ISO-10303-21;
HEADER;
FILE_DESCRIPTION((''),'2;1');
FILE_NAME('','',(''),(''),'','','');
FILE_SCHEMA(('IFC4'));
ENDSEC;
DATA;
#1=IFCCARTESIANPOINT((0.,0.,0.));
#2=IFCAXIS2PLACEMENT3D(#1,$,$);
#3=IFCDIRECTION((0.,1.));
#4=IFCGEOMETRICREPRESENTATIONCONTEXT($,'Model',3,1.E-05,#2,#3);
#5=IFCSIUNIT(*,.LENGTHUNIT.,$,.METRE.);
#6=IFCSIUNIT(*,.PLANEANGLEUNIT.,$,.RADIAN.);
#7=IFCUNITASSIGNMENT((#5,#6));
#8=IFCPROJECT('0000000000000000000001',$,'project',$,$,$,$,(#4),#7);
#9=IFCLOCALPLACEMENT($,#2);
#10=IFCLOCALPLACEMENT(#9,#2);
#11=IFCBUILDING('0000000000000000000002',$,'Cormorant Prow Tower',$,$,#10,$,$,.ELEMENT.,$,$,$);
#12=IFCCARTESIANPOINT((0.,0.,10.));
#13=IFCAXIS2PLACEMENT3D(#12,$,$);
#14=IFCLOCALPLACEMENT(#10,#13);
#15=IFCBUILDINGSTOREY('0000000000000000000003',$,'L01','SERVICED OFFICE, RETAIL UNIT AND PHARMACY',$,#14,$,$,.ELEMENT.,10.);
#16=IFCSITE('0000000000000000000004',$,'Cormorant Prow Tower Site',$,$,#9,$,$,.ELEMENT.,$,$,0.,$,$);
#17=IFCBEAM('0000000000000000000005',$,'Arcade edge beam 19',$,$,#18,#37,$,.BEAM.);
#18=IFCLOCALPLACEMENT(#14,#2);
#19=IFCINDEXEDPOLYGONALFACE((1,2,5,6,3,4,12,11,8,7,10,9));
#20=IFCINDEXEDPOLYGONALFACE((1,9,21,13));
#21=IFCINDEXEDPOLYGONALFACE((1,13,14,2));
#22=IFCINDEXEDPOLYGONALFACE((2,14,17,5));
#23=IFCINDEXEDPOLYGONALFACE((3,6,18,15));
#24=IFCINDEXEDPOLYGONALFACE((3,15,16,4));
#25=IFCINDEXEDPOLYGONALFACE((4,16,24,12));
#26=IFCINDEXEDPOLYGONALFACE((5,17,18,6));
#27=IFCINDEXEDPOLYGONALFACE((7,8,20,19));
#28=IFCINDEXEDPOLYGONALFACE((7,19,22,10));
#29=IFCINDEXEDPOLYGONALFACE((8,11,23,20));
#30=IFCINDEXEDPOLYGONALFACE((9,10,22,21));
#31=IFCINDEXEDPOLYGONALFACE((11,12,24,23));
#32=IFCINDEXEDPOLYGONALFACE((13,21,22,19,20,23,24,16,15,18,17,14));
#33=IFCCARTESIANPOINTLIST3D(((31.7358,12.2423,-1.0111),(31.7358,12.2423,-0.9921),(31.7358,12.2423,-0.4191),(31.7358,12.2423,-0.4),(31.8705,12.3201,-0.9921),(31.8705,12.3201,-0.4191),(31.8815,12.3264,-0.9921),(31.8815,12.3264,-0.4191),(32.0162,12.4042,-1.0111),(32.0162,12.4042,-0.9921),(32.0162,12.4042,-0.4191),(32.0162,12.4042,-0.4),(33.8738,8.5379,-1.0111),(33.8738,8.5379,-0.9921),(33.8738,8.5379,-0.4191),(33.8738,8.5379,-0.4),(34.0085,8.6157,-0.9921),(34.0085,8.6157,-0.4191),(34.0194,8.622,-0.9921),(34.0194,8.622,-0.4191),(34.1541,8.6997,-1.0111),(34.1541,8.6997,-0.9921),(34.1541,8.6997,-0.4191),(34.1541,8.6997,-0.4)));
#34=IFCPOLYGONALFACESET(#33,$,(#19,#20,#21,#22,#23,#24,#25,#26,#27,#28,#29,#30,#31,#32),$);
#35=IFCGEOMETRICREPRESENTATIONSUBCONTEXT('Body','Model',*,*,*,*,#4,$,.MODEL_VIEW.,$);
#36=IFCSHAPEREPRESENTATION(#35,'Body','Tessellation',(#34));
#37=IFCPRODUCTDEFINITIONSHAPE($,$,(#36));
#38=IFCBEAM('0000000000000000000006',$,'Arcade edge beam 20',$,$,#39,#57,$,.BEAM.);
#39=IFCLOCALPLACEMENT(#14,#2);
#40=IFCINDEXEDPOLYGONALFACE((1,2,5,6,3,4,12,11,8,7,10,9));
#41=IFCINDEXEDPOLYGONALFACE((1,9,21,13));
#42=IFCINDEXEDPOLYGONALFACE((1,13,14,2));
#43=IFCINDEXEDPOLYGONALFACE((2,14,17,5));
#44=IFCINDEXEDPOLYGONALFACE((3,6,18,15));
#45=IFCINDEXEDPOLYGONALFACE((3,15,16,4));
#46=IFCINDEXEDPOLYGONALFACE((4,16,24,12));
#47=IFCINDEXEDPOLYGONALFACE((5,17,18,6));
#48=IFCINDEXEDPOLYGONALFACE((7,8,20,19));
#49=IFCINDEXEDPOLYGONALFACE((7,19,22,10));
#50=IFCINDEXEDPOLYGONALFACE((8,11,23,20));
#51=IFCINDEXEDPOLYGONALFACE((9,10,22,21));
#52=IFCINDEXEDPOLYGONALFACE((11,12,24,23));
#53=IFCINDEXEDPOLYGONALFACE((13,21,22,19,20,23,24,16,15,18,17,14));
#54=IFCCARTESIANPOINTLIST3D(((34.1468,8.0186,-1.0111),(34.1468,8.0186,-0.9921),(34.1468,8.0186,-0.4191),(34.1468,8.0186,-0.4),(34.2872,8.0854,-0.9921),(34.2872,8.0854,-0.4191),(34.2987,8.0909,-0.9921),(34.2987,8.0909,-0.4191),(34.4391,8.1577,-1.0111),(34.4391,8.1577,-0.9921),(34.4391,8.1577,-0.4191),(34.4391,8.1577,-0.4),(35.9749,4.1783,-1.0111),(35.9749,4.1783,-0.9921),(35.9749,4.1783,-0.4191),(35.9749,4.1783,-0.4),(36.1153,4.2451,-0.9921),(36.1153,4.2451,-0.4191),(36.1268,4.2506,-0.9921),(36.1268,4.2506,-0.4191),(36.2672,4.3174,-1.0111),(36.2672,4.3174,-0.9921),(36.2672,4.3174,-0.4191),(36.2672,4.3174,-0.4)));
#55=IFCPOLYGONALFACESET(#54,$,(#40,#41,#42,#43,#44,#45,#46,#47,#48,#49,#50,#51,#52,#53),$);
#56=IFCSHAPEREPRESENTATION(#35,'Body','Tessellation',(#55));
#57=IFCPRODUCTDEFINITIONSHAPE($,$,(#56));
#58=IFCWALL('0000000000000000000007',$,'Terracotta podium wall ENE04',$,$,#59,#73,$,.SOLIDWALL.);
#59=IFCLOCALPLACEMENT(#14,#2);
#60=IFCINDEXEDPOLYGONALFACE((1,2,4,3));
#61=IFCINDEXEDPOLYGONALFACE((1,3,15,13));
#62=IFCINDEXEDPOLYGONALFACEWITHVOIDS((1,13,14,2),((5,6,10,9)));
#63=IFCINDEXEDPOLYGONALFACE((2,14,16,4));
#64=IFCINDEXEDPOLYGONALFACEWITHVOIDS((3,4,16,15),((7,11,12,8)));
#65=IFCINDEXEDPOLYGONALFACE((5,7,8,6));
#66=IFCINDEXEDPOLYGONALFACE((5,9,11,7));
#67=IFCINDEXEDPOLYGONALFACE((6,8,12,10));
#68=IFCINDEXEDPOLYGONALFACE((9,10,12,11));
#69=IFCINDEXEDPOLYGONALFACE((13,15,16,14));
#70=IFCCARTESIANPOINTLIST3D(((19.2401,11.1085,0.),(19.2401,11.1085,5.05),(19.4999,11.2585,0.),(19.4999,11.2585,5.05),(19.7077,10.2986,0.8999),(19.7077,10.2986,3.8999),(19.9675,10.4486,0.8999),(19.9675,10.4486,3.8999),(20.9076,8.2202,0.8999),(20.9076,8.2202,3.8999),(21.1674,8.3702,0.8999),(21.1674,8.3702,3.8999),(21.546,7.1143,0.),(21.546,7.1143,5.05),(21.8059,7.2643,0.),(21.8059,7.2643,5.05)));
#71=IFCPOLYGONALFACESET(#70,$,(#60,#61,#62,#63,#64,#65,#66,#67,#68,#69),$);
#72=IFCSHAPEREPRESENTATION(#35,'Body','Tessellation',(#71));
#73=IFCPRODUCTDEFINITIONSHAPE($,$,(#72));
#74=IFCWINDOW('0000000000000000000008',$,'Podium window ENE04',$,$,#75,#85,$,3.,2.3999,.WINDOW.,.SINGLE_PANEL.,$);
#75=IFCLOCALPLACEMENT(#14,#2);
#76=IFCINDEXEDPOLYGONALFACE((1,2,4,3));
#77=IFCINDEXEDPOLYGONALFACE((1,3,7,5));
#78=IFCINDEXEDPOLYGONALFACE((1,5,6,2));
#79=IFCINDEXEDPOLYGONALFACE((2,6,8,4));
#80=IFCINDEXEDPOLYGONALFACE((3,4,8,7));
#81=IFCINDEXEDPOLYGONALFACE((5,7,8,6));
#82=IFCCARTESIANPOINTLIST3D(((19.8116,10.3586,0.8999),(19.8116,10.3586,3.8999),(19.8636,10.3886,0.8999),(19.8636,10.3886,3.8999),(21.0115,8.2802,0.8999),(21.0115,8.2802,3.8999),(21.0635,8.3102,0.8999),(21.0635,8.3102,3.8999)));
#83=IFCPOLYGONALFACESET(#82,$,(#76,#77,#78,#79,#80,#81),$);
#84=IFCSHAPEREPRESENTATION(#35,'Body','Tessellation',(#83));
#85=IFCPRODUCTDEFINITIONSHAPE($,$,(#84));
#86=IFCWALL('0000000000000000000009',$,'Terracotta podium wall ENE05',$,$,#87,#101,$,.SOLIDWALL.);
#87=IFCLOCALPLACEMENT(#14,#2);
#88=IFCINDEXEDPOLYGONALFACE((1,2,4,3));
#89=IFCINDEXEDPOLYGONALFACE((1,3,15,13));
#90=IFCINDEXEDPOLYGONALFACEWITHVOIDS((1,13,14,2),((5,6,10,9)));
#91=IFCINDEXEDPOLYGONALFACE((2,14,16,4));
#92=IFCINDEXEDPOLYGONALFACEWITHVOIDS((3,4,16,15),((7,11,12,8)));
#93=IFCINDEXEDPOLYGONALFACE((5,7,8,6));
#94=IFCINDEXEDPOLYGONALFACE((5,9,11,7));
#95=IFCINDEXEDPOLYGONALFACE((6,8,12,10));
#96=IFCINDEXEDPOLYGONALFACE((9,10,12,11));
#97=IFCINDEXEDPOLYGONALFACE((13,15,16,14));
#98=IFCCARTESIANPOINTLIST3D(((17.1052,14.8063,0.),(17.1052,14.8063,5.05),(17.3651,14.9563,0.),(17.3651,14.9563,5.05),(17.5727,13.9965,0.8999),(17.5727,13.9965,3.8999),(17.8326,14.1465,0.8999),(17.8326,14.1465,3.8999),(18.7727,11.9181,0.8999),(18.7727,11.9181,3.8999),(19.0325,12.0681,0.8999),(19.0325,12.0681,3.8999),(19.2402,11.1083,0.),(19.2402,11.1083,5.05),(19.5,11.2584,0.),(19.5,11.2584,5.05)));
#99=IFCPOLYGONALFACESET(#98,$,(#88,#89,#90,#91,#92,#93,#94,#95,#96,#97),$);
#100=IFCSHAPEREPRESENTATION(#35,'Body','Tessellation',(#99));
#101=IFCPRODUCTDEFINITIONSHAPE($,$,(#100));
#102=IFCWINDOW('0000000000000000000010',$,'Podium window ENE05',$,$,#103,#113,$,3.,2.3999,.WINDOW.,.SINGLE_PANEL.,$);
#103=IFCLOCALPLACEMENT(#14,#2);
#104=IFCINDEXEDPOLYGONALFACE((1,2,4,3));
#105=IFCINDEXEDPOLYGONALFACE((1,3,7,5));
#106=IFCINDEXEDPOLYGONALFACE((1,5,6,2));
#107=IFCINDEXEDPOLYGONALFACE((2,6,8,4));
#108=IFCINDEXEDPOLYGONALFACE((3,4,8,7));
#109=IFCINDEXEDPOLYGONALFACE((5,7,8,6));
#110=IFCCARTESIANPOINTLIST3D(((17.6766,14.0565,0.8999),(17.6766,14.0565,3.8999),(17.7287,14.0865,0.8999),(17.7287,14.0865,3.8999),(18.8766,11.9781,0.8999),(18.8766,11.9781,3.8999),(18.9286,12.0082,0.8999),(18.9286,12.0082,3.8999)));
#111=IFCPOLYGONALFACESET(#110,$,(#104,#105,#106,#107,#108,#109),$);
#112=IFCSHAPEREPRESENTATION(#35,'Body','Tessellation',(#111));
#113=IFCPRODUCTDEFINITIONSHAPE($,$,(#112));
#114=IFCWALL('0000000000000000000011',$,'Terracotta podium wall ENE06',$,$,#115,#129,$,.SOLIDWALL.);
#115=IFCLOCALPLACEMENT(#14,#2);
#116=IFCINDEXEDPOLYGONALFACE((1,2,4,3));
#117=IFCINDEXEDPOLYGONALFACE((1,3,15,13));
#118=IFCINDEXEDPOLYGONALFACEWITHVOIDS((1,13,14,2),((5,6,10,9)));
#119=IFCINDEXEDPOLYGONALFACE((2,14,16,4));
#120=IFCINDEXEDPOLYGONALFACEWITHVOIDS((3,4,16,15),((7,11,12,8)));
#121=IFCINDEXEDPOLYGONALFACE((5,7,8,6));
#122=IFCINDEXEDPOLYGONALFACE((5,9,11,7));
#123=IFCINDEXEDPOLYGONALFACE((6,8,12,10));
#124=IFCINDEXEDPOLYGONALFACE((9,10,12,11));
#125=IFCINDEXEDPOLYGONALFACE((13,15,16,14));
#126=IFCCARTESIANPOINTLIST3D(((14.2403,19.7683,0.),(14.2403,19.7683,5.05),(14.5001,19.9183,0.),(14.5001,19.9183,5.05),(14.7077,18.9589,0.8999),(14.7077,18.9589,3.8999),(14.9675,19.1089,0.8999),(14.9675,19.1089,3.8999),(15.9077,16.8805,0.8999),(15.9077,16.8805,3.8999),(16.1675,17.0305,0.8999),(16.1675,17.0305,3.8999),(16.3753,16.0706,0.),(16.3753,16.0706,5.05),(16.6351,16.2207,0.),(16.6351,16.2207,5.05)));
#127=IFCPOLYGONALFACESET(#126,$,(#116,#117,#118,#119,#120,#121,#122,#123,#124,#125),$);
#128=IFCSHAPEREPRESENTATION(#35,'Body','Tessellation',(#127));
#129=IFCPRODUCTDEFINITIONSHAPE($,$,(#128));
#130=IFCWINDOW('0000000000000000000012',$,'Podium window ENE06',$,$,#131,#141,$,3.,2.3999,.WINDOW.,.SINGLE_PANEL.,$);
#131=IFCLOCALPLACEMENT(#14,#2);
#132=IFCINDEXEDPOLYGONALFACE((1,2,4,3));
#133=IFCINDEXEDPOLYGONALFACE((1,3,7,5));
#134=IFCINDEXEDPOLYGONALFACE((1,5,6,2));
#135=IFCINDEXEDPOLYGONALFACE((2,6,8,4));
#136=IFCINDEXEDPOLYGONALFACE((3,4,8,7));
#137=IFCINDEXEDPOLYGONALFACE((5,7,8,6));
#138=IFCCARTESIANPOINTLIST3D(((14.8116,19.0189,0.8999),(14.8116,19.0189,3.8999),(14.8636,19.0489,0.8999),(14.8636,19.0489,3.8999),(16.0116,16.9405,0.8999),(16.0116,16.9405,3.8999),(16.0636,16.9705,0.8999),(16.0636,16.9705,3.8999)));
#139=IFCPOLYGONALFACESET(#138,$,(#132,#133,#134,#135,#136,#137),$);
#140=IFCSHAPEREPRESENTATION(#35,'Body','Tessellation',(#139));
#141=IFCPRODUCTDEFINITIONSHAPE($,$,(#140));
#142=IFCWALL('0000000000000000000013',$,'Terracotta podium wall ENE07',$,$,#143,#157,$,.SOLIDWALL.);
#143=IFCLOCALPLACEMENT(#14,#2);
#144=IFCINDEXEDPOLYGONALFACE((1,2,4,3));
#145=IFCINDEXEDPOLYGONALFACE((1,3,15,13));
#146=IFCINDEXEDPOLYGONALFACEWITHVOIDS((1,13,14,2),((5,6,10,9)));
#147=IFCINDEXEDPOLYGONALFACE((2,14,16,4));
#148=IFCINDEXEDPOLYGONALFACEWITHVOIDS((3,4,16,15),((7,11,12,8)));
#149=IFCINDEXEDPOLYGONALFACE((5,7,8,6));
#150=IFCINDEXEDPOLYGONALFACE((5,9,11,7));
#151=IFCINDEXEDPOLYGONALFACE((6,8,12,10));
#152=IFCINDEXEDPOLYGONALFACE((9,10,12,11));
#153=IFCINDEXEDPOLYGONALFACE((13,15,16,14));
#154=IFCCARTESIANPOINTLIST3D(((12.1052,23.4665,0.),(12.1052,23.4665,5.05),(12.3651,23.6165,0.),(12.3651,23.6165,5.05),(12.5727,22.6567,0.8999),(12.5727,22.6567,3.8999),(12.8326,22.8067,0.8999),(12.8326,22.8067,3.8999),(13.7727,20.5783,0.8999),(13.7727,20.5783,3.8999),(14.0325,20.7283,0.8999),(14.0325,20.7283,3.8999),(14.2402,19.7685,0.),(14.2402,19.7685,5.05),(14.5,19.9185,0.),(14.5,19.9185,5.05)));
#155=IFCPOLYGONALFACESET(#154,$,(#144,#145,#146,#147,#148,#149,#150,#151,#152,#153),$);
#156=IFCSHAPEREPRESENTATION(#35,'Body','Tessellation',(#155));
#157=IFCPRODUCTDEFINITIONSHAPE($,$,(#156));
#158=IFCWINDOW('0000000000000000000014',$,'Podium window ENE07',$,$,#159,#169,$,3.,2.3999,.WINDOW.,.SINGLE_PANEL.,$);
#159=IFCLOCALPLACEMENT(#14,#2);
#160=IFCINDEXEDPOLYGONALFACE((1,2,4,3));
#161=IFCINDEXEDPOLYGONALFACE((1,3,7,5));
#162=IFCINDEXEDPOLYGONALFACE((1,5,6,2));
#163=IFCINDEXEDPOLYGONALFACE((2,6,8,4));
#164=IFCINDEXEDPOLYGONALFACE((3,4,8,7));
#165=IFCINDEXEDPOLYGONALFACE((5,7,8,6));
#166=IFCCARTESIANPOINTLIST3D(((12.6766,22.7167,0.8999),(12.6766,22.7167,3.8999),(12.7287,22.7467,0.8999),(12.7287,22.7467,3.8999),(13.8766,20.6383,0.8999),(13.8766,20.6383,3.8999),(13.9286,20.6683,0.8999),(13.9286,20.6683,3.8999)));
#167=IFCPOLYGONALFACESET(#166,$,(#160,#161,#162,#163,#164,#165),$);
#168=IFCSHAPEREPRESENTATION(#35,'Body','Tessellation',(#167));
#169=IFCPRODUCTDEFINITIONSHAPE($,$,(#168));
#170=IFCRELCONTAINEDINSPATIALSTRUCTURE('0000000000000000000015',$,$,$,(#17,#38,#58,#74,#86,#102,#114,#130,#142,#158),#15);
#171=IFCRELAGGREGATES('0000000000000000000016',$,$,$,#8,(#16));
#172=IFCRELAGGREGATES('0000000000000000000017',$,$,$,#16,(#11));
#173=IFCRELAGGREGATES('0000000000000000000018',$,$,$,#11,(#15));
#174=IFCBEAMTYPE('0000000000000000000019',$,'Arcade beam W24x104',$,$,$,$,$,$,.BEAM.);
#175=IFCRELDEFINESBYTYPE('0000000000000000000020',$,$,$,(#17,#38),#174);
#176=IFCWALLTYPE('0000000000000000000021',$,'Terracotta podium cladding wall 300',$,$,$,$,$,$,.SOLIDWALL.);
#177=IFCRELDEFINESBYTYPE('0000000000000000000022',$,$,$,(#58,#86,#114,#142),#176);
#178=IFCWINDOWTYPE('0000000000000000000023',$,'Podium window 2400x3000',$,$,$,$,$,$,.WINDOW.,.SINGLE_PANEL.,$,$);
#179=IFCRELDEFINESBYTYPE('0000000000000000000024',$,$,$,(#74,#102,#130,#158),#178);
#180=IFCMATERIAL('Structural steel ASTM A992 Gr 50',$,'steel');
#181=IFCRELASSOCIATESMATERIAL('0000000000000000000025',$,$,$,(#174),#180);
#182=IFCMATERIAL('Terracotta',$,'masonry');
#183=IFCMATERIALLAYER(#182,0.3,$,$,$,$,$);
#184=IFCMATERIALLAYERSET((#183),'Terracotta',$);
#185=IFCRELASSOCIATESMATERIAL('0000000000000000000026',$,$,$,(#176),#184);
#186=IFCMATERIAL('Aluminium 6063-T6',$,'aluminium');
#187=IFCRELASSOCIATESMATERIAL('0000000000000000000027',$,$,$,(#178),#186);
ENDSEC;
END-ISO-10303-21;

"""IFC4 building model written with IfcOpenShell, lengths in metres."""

from ifc_helpers import new_model, si_unit, direction, frame, frame_2d, origin, origin_2d, place, context, subcontext, project, spatial, rectangle, i_section, extrude, material, layer, layer_set, material_profile, profile_set, type_object, element, fill, save


model = new_model("IFC4")

# Units and contexts
model_context = context("Model", 3, precision=1e-05, world=origin(), true_north=direction((0.0, 1.0)))
body_context = subcontext(model_context, "Body", "Model", "MODEL_VIEW")
ifc_project = project(units=[si_unit("LENGTHUNIT", "METRE"), si_unit("PLANEANGLEUNIT", "RADIAN")], contexts=[model_context])

# Site, building, storey
site_placement = place(None, origin())
site = spatial("IfcSite", under=ifc_project, at=site_placement, Name="Cormorant Prow Tower Site", CompositionType="ELEMENT", RefElevation=0.0)
building_placement = place(site_placement, origin())
building = spatial("IfcBuilding", under=site, at=building_placement, Name="Cormorant Prow Tower", CompositionType="ELEMENT")
storey_placement = place(building_placement, frame((0.0, 0.0, 10.0)))
storey = spatial("IfcBuildingStorey", under=building, at=storey_placement, Name="L01", Description="SERVICED OFFICE, RETAIL UNIT AND PHARMACY", CompositionType="ELEMENT", Elevation=10.0)

# Beams
ifc_material_1 = material(Name="Structural steel ASTM A992 Gr 50", Category="steel")
ifc_material_profile_1 = material_profile(ifc_material_1, i_section(OverallWidth=0.3237, OverallDepth=0.6111, WebThickness=0.0127, FlangeThickness=0.019, at=origin_2d()), Name="W24x104")
ifc_profile_set_1 = profile_set([ifc_material_profile_1], Name="Structural steel ASTM A992 Gr 50")
beam_type = type_object("IfcBeamType", Name="Arcade beam W24x104", PredefinedType="BEAM", material=ifc_profile_set_1)
beam_1_placement = place(storey_placement, frame((31.876, 12.3232, -0.7056), z_axis=(0.499866, -0.866103, 0.0), x_axis=(0.866103, 0.499866, 0.0)))
element("IfcBeam", 1, at=beam_1_placement, inside=storey, type_object=beam_type, Name="Arcade edge beam 19", PredefinedType="BEAM", context=body_context, shape_type="SweptSolid", body=[
    extrude(i_section(OverallWidth=0.3237, OverallDepth=0.6111, WebThickness=0.0127, FlangeThickness=0.019, at=origin_2d()), origin(), (0.0, 0.0, 1.0), 4.2771),
])
beam_2_placement = place(storey_placement, frame((34.293, 8.0881, -0.7056), z_axis=(0.429818, -0.902916, 0.0), x_axis=(0.902916, 0.429818, 0.0)))
element("IfcBeam", 2, at=beam_2_placement, inside=storey, type_object=beam_type, Name="Arcade edge beam 20", PredefinedType="BEAM", context=body_context, shape_type="SweptSolid", body=[
    extrude(i_section(OverallWidth=0.3237, OverallDepth=0.6111, WebThickness=0.0127, FlangeThickness=0.019, at=origin_2d()), origin(), (0.0, 0.0, 1.0), 4.2532),
])

# Walls, openings, windows
ifc_material_2 = material(Name="Terracotta", Category="masonry")
ifc_layer = layer(ifc_material_2, 0.3)
ifc_layer_set = layer_set([ifc_layer], Name="Terracotta")
wall_type = type_object("IfcWallType", Name="Terracotta podium cladding wall 300", PredefinedType="SOLIDWALL", material=ifc_layer_set)
wall_1_placement = place(storey_placement, frame((21.676, 7.1892, 0.0), z_axis=(0.0, 0.0, 1.0), x_axis=(-0.499982, 0.866036, 0.0)))
wall_1 = element("IfcWall", 3, at=wall_1_placement, inside=storey, type_object=wall_type, Name="Terracotta podium wall ENE04", PredefinedType="SOLIDWALL", context=body_context, shape_type="SweptSolid", body=[
    extrude(rectangle(XDim=4.6121, YDim=0.3, at=frame_2d((2.3062, 0.0))), origin(), (0.0, 0.0, 1.0), 5.05),
])
opening_1_placement = place(wall_1_placement, frame((1.2771, 0.0, 0.8999)))
opening_1 = element("IfcOpeningElement", 4, at=opening_1_placement, cuts=wall_1, PredefinedType="OPENING", context=body_context, shape_type="SweptSolid", body=[
    extrude(rectangle(XDim=2.3999, YDim=3.0, at=frame_2d((1.2, 1.5))), frame((0.0, 0.1599, 0.0), z_axis=(0.0, -1.0, 0.0), x_axis=(1.0, 0.0, 0.0)), (0.0, 0.0, 1.0), 0.3201),
])
ifc_material_3 = material(Name="Aluminium 6063-T6", Category="aluminium")
window_type = type_object("IfcWindowType", Name="Podium window 2400x3000", PartitioningType="SINGLE_PANEL", PredefinedType="WINDOW", material=ifc_material_3)
window_1_placement = place(opening_1_placement, origin())
window_1 = element("IfcWindow", 5, at=window_1_placement, inside=storey, type_object=window_type, Name="Podium window ENE04", OverallHeight=3.0, OverallWidth=2.3999, PartitioningType="SINGLE_PANEL", PredefinedType="WINDOW", context=body_context, shape_type="SweptSolid", body=[
    extrude(rectangle(XDim=2.3999, YDim=3.0, at=frame_2d((1.2, 1.5))), frame((0.0, 0.03, 0.0), z_axis=(0.0, -1.0, 0.0), x_axis=(1.0, 0.0, 0.0)), (0.0, 0.0, 1.0), 0.0601),
])
fill(opening_1, window_1)
wall_2_placement = place(storey_placement, frame((19.3701, 11.1833, 0.0), z_axis=(0.0, 0.0, 1.0), x_axis=(-0.499995, 0.866028, 0.0)))
wall_2 = element("IfcWall", 6, at=wall_2_placement, inside=storey, type_object=wall_type, Name="Terracotta podium wall ENE05", PredefinedType="SOLIDWALL", context=body_context, shape_type="SweptSolid", body=[
    extrude(rectangle(XDim=4.27, YDim=0.3, at=frame_2d((2.135, 0.0))), origin(), (0.0, 0.0, 1.0), 5.05),
])
opening_2_placement = place(wall_2_placement, frame((0.9351, 0.0, 0.8999)))
opening_2 = element("IfcOpeningElement", 7, at=opening_2_placement, cuts=wall_2, PredefinedType="OPENING", context=body_context, shape_type="SweptSolid", body=[
    extrude(rectangle(XDim=2.3999, YDim=3.0, at=frame_2d((1.2, 1.5))), frame((0.0, 0.1599, 0.0), z_axis=(0.0, -1.0, 0.0), x_axis=(1.0, 0.0, 0.0)), (0.0, 0.0, 1.0), 0.3201),
])
window_2_placement = place(opening_2_placement, origin())
window_2 = element("IfcWindow", 8, at=window_2_placement, inside=storey, type_object=window_type, Name="Podium window ENE05", OverallHeight=3.0, OverallWidth=2.3999, PartitioningType="SINGLE_PANEL", PredefinedType="WINDOW", context=body_context, shape_type="SweptSolid", body=[
    extrude(rectangle(XDim=2.3999, YDim=3.0, at=frame_2d((1.2, 1.5))), frame((0.0, 0.03, 0.0), z_axis=(0.0, -1.0, 0.0), x_axis=(1.0, 0.0, 0.0)), (0.0, 0.0, 1.0), 0.0601),
])
fill(opening_2, window_2)
wall_3_placement = place(storey_placement, frame((16.5051, 16.1458, 0.0), z_axis=(0.0, 0.0, 1.0), x_axis=(-0.500019, 0.866014, 0.0)))
wall_3 = element("IfcWall", 9, at=wall_3_placement, inside=storey, type_object=wall_type, Name="Terracotta podium wall ENE06", PredefinedType="SOLIDWALL", context=body_context, shape_type="SweptSolid", body=[
    extrude(rectangle(XDim=4.2698, YDim=0.3, at=frame_2d((2.1348, 0.0))), origin(), (0.0, 0.0, 1.0), 5.05),
])
opening_3_placement = place(wall_3_placement, frame((0.9351, 0.0, 0.8999)))
opening_3 = element("IfcOpeningElement", 10, at=opening_3_placement, cuts=wall_3, PredefinedType="OPENING", context=body_context, shape_type="SweptSolid", body=[
    extrude(rectangle(XDim=2.3999, YDim=3.0, at=frame_2d((1.2, 1.5))), frame((0.0, 0.1599, 0.0), z_axis=(0.0, -1.0, 0.0), x_axis=(1.0, 0.0, 0.0)), (0.0, 0.0, 1.0), 0.3201),
])
window_3_placement = place(opening_3_placement, origin())
window_3 = element("IfcWindow", 11, at=window_3_placement, inside=storey, type_object=window_type, Name="Podium window ENE06", OverallHeight=3.0, OverallWidth=2.3999, PartitioningType="SINGLE_PANEL", PredefinedType="WINDOW", context=body_context, shape_type="SweptSolid", body=[
    extrude(rectangle(XDim=2.3999, YDim=3.0, at=frame_2d((1.2, 1.5))), frame((0.0, 0.03, 0.0), z_axis=(0.0, -1.0, 0.0), x_axis=(1.0, 0.0, 0.0)), (0.0, 0.0, 1.0), 0.0601),
])
fill(opening_3, window_3)
wall_4_placement = place(storey_placement, frame((14.3701, 19.8435, 0.0), z_axis=(0.0, 0.0, 1.0), x_axis=(-0.499995, 0.866028, 0.0)))
wall_4 = element("IfcWall", 12, at=wall_4_placement, inside=storey, type_object=wall_type, Name="Terracotta podium wall ENE07", PredefinedType="SOLIDWALL", context=body_context, shape_type="SweptSolid", body=[
    extrude(rectangle(XDim=4.27, YDim=0.3, at=frame_2d((2.135, 0.0))), origin(), (0.0, 0.0, 1.0), 5.05),
])
opening_4_placement = place(wall_4_placement, frame((0.9351, 0.0, 0.8999)))
opening_4 = element("IfcOpeningElement", 13, at=opening_4_placement, cuts=wall_4, PredefinedType="OPENING", context=body_context, shape_type="SweptSolid", body=[
    extrude(rectangle(XDim=2.3999, YDim=3.0, at=frame_2d((1.2, 1.5))), frame((0.0, 0.1599, 0.0), z_axis=(0.0, -1.0, 0.0), x_axis=(1.0, 0.0, 0.0)), (0.0, 0.0, 1.0), 0.3201),
])
window_4_placement = place(opening_4_placement, origin())
window_4 = element("IfcWindow", 14, at=window_4_placement, inside=storey, type_object=window_type, Name="Podium window ENE07", OverallHeight=3.0, OverallWidth=2.3999, PartitioningType="SINGLE_PANEL", PredefinedType="WINDOW", context=body_context, shape_type="SweptSolid", body=[
    extrude(rectangle(XDim=2.3999, YDim=3.0, at=frame_2d((1.2, 1.5))), frame((0.0, 0.03, 0.0), z_axis=(0.0, -1.0, 0.0), x_axis=(1.0, 0.0, 0.0)), (0.0, 0.0, 1.0), 0.0601),
])
fill(opening_4, window_4)

save(model, "model.ifc")
